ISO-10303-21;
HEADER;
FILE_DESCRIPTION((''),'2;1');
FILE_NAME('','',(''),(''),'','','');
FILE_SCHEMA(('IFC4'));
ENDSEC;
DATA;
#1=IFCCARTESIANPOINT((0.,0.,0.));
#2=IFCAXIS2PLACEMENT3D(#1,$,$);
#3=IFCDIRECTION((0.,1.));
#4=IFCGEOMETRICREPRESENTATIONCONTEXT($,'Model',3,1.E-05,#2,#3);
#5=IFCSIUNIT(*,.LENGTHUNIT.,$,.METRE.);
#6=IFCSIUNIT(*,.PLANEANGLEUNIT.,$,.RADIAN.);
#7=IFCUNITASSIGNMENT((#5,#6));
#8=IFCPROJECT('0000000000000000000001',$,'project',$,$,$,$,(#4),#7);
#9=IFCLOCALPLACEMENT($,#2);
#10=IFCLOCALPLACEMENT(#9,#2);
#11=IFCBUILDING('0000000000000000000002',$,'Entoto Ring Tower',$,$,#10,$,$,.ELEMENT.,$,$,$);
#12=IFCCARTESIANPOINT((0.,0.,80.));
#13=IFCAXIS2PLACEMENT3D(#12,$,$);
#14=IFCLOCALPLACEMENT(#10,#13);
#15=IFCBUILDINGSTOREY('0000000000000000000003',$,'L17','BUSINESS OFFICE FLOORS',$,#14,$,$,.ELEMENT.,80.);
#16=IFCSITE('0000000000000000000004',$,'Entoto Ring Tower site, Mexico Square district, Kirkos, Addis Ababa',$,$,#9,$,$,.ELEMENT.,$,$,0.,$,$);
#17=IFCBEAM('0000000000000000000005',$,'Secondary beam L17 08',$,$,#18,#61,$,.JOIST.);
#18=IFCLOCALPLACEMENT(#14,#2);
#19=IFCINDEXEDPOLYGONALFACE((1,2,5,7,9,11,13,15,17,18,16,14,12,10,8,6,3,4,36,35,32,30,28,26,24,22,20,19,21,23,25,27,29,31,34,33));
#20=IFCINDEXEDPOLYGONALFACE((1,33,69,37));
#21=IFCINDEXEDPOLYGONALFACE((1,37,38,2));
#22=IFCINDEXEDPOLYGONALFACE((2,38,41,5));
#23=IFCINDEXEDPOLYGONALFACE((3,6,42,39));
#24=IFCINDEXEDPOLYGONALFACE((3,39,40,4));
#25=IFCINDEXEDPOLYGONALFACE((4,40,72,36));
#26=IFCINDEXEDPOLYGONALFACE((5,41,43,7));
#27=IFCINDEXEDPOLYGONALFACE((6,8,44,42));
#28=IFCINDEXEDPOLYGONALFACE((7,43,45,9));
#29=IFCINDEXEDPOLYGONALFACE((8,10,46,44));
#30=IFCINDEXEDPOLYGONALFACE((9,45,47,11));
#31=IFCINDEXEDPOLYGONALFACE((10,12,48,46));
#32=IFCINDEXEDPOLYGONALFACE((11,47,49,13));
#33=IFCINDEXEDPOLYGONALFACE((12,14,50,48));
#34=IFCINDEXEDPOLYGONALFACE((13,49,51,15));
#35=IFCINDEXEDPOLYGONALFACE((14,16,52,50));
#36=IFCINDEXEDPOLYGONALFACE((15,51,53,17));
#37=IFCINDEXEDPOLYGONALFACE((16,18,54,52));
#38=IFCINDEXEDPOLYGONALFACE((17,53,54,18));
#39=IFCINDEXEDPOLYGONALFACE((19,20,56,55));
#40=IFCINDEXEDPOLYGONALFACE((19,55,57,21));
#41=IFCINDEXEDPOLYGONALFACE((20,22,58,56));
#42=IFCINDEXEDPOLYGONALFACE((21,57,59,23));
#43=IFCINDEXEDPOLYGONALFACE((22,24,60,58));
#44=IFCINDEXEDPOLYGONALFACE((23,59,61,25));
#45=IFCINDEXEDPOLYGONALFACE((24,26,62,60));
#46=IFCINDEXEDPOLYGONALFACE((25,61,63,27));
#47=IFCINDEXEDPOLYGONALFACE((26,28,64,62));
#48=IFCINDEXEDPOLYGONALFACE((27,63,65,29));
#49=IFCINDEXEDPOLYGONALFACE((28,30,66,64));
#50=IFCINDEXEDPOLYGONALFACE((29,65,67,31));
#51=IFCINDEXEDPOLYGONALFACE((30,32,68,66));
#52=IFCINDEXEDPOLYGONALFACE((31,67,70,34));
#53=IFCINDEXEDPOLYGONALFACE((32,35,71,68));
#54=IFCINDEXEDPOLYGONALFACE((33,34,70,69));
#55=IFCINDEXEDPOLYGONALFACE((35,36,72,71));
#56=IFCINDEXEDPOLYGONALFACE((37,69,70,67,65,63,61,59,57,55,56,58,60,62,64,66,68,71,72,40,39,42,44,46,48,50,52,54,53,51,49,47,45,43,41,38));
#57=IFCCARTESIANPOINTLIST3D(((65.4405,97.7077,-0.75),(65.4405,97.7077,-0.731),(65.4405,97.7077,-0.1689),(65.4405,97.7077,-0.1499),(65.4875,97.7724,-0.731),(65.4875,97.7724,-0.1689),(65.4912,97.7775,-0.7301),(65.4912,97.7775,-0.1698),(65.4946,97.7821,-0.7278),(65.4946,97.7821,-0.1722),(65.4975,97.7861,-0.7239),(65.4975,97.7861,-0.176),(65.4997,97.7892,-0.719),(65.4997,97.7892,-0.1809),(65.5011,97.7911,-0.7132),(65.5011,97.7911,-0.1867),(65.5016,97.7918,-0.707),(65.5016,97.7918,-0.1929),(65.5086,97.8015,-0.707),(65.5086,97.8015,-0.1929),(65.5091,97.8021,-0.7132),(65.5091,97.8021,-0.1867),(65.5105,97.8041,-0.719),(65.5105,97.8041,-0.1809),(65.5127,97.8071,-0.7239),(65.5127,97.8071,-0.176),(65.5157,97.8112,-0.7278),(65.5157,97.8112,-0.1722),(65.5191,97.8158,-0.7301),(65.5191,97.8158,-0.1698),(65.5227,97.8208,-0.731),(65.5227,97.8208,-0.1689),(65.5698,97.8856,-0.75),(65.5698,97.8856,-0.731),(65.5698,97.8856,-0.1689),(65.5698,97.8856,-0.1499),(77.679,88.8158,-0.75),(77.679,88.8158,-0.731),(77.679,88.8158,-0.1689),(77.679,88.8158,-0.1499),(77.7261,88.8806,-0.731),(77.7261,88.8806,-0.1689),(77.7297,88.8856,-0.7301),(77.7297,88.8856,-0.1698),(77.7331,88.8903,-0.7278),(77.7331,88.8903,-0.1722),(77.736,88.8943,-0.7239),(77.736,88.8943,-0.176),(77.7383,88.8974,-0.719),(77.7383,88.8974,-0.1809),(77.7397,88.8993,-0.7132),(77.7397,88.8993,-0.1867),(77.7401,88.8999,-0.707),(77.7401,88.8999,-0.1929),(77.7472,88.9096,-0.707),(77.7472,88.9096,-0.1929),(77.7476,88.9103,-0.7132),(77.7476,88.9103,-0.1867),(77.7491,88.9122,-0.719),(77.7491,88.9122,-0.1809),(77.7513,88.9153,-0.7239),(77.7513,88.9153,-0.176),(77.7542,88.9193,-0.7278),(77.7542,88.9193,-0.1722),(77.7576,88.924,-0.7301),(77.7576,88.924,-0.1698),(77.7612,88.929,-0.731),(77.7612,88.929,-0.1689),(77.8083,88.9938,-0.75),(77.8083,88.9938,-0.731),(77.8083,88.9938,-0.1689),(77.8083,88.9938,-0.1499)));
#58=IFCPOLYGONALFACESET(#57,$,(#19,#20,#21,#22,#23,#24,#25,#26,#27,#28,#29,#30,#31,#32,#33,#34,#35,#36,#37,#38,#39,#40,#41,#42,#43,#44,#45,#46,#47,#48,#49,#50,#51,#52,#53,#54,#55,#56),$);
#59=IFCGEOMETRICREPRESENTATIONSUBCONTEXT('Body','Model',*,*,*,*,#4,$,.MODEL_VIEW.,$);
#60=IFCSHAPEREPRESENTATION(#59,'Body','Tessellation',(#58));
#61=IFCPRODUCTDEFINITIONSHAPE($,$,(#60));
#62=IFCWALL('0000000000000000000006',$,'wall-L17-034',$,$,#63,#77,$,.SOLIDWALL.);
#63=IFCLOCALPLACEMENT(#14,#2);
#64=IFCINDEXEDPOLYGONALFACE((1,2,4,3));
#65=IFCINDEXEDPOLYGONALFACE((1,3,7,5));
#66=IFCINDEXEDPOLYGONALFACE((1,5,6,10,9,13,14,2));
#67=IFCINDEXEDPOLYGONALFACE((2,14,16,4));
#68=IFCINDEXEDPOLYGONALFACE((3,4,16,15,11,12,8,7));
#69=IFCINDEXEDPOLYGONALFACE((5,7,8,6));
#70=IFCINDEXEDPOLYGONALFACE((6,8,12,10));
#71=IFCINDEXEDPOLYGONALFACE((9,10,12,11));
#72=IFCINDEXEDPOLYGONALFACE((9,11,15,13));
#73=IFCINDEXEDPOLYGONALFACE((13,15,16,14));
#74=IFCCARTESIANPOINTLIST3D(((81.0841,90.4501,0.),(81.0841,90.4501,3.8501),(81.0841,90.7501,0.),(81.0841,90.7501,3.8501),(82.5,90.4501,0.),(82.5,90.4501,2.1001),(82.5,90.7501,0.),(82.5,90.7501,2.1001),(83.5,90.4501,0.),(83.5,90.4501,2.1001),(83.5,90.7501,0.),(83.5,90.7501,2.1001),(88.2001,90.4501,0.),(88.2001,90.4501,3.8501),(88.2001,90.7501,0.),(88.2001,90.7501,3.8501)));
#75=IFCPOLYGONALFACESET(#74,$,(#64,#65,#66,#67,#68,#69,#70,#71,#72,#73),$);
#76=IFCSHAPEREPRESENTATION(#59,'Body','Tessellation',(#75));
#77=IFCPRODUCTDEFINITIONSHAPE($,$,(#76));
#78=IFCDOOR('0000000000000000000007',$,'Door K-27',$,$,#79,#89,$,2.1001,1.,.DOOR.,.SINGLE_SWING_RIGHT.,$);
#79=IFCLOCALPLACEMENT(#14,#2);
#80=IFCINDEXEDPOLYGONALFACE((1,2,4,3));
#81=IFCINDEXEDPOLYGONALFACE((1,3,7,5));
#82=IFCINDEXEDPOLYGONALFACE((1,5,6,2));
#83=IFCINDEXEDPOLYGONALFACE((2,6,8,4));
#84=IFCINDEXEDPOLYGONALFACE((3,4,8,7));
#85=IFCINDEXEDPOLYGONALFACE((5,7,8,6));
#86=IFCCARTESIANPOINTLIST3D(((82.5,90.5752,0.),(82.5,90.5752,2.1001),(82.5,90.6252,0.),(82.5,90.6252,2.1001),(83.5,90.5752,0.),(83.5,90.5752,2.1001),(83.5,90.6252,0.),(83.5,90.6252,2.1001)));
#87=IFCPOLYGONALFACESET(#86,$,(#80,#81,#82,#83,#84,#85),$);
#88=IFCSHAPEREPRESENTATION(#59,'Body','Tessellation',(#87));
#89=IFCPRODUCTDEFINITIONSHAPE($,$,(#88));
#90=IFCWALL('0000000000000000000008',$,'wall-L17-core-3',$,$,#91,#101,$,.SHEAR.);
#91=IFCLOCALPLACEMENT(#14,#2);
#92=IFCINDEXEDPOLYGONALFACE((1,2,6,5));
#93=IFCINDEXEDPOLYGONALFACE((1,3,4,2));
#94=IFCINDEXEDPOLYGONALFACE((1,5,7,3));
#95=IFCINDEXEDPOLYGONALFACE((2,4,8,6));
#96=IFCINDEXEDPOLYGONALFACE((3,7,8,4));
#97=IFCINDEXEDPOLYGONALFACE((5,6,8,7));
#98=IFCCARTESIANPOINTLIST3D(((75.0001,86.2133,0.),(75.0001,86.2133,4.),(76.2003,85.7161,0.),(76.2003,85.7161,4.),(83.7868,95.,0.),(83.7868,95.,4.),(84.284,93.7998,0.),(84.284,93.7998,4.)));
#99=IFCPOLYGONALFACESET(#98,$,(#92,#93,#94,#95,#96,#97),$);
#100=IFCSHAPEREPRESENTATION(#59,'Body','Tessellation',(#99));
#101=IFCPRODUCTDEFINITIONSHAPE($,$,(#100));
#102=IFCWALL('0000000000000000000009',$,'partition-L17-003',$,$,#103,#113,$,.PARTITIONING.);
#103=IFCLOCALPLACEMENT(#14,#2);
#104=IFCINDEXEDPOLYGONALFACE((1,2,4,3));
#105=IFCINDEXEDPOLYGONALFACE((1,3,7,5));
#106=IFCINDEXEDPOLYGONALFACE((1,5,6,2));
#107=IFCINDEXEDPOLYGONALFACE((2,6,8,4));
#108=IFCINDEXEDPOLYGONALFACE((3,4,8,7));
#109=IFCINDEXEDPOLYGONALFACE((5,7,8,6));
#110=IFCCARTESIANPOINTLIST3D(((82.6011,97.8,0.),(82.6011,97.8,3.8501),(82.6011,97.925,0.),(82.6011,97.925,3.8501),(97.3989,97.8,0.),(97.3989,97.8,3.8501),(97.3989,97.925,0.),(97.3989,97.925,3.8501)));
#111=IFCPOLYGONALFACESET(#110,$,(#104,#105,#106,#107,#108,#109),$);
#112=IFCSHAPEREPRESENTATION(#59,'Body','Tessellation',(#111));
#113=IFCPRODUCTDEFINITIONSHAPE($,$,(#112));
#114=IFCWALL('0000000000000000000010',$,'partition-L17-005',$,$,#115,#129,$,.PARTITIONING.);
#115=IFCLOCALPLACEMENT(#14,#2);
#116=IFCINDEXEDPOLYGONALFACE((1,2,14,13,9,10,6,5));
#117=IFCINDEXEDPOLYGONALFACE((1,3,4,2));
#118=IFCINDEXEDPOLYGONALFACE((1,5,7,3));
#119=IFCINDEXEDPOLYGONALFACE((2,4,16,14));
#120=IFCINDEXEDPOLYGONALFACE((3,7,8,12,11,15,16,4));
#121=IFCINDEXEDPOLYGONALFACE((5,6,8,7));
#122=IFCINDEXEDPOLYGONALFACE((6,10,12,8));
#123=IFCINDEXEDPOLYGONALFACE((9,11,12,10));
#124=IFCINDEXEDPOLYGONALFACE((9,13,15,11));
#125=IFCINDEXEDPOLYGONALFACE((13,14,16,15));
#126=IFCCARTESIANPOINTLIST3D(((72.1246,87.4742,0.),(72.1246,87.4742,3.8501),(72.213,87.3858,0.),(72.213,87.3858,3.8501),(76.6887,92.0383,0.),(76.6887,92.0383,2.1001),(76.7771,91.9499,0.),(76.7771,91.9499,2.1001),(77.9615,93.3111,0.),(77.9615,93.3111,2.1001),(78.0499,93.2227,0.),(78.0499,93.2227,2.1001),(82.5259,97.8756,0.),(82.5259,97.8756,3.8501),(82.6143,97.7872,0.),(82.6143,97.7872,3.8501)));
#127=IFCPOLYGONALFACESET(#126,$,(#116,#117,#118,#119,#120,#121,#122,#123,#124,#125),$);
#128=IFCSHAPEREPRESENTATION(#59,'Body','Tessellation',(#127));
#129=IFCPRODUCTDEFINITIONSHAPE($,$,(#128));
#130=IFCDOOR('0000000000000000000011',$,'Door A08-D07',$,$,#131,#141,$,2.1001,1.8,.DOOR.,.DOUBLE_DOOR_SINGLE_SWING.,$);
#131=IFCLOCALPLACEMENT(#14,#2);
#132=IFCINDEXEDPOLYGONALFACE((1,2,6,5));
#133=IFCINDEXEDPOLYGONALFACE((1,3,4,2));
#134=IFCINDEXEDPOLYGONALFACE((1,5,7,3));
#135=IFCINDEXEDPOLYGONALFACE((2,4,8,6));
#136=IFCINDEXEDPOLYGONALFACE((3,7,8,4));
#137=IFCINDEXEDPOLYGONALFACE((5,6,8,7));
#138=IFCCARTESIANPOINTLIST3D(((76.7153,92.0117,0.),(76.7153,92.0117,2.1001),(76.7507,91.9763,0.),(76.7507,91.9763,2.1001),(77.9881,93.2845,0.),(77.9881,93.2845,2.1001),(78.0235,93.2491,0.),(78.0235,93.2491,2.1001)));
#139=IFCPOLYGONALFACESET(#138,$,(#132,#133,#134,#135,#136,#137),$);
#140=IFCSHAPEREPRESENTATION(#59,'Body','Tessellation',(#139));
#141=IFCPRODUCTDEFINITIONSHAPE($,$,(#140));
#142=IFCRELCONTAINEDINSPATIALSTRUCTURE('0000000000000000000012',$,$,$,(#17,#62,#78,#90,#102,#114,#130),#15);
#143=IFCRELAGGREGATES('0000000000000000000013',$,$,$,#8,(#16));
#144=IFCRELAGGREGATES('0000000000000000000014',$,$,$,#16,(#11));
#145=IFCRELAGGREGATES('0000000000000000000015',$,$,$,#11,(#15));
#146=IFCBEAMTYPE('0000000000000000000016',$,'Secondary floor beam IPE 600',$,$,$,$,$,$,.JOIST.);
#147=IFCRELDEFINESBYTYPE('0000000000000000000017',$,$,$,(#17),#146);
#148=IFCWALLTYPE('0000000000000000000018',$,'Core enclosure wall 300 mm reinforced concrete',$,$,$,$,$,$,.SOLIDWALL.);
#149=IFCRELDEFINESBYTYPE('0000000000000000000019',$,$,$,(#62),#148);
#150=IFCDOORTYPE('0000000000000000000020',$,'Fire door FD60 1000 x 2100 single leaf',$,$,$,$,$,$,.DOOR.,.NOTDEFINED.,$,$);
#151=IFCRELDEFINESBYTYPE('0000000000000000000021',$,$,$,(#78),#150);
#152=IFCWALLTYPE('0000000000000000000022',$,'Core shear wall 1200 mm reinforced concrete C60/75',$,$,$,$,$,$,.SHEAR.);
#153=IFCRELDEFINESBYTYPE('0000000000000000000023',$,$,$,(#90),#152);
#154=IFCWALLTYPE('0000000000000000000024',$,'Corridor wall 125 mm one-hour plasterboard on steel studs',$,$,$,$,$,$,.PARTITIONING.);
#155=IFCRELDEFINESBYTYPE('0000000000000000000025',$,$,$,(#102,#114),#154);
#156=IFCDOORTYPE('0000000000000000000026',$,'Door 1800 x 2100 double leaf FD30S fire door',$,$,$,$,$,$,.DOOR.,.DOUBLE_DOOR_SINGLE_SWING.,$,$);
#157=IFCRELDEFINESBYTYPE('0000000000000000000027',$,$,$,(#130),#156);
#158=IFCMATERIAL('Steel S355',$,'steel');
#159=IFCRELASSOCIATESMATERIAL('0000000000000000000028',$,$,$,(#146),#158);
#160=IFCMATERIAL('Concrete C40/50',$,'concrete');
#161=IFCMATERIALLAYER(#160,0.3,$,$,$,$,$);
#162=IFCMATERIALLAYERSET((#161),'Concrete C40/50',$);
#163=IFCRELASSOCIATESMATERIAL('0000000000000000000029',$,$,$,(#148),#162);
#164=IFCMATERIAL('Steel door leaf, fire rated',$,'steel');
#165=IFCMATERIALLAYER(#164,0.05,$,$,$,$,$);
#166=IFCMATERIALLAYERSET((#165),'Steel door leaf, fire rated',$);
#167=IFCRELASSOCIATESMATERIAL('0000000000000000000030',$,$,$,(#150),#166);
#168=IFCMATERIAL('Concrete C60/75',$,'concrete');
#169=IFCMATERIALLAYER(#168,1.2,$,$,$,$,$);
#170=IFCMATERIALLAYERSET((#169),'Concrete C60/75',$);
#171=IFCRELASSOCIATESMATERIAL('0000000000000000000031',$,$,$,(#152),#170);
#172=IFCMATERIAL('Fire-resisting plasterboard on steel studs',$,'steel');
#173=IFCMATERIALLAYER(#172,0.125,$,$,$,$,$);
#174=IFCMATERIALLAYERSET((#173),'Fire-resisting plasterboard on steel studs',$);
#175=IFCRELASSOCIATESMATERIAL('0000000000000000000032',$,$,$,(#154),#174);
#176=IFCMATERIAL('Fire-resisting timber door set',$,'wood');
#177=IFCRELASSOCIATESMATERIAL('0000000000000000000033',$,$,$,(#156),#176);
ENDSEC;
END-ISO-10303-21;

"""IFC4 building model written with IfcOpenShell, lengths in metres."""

from ifc_helpers import new_model, si_unit, direction, frame, frame_2d, origin, origin_2d, place, context, subcontext, project, spatial, polyline, rectangle, i_section, outline, extrude, material, layer, layer_set, material_profile, profile_set, type_object, element, fill, save


model = new_model("IFC4")

# Units and contexts
model_context = context("Model", 3, precision=1e-05, world=origin(), true_north=direction((0.0, 1.0)))
body_context = subcontext(model_context, "Body", "Model", "MODEL_VIEW")
ifc_project = project(units=[si_unit("LENGTHUNIT", "METRE"), si_unit("PLANEANGLEUNIT", "RADIAN")], contexts=[model_context])

# Site, building, storey
site_placement = place(None, origin())
site = spatial("IfcSite", under=ifc_project, at=site_placement, Name="Entoto Ring Tower site, Mexico Square district, Kirkos, Addis Ababa", CompositionType="ELEMENT", RefElevation=0.0)
building_placement = place(site_placement, origin())
building = spatial("IfcBuilding", under=site, at=building_placement, Name="Entoto Ring Tower", CompositionType="ELEMENT")
storey_placement = place(building_placement, frame((0.0, 0.0, 80.0)))
storey = spatial("IfcBuildingStorey", under=building, at=storey_placement, Name="L17", Description="BUSINESS OFFICE FLOORS", CompositionType="ELEMENT", Elevation=80.0)

# Beam
ifc_material_1 = material(Name="Steel S355", Category="steel")
ifc_material_profile_1 = material_profile(ifc_material_1, i_section(OverallWidth=0.22, OverallDepth=0.6001, WebThickness=0.012, FlangeThickness=0.019, FilletRadius=0.0239, at=origin_2d()), Name="IPE 600")
ifc_profile_set_1 = profile_set([ifc_material_profile_1], Name="Steel S355")
beam_type_1 = type_object("IfcBeamType", Name="Secondary floor beam IPE 600", PredefinedType="JOIST", material=ifc_profile_set_1)
for number, where, z_axis, x_axis, name in (
    (1, (77.7437, 88.9048, -0.45), (-0.809016, 0.587787, 0.0), (-0.587787, -0.809016, 0.0), "Secondary beam L17 08"),
):
    element("IfcBeam", number, at=place(storey_placement, frame(where, z_axis=z_axis, x_axis=x_axis)), inside=storey, type_object=beam_type_1, Name=name, PredefinedType="JOIST", context=body_context, shape_type="SweptSolid", body=[
        extrude(i_section(OverallWidth=0.22, OverallDepth=0.6001, WebThickness=0.012, FlangeThickness=0.019, FilletRadius=0.0239, at=origin_2d()), origin(), (0.0, 0.0, 1.0), 15.1277),
    ])

# Wall, opening, door
ifc_material_2 = material(Name="Concrete C40/50", Category="concrete")
ifc_layer_1 = layer(ifc_material_2, 0.3)
ifc_layer_set_1 = layer_set([ifc_layer_1], Name="Concrete C40/50")
wall_type_1 = type_object("IfcWallType", Name="Core enclosure wall 300 mm reinforced concrete", PredefinedType="SOLIDWALL", material=ifc_layer_set_1)
wall_1_placement = place(storey_placement, frame((81.084, 90.6001, 0.0), z_axis=(0.0, 0.0, 1.0), x_axis=(1.0, 0.0, 0.0)))
wall_1 = element("IfcWall", 2, at=wall_1_placement, inside=storey, type_object=wall_type_1, Name="wall-L17-034", PredefinedType="SOLIDWALL", context=body_context, shape_type="SweptSolid", body=[
    extrude(rectangle(XDim=7.116, YDim=0.3, at=frame_2d((3.5581, 0.0))), origin(), (0.0, 0.0, 1.0), 3.8501),
])
opening_1_placement = place(wall_1_placement, frame((1.416, 0.0, 0.0)))
opening_1 = element("IfcOpeningElement", 3, at=opening_1_placement, cuts=wall_1, PredefinedType="OPENING", context=body_context, shape_type="SweptSolid", body=[
    extrude(rectangle(XDim=1.0, YDim=2.1001, at=frame_2d((0.5, 1.05))), frame((0.0, 0.1602, 0.0), z_axis=(0.0, -1.0, 0.0), x_axis=(1.0, 0.0, 0.0)), (0.0, 0.0, 1.0), 0.3201),
])
ifc_material_3 = material(Name="Steel door leaf, fire rated", Category="steel")
ifc_layer_2 = layer(ifc_material_3, 0.05)
ifc_layer_set_2 = layer_set([ifc_layer_2], Name="Steel door leaf, fire rated")
door_type_1 = type_object("IfcDoorType", Name="Fire door FD60 1000 x 2100 single leaf", OperationType="NOTDEFINED", PredefinedType="DOOR", material=ifc_layer_set_2)
door_1_placement = place(opening_1_placement, frame((1.0, 0.0, 0.0), z_axis=(0.0, 0.0, 1.0), x_axis=(-1.0, 0.0, 0.0)))
door_1 = element("IfcDoor", 4, at=door_1_placement, inside=storey, type_object=door_type_1, Name="Door K-27", OperationType="SINGLE_SWING_RIGHT", OverallHeight=2.1001, OverallWidth=1.0, PredefinedType="DOOR", context=body_context, shape_type="SweptSolid", body=[
    extrude(rectangle(XDim=1.0, YDim=2.1001, at=frame_2d((0.5, 1.05))), frame((0.0, 0.0249, 0.0), z_axis=(0.0, -1.0, 0.0), x_axis=(1.0, 0.0, 0.0)), (0.0, 0.0, 1.0), 0.05),
])
fill(opening_1, door_1)

# Walls
ifc_material_4 = material(Name="Concrete C60/75", Category="concrete")
ifc_layer_3 = layer(ifc_material_4, 1.2)
ifc_layer_set_3 = layer_set([ifc_layer_3], Name="Concrete C60/75")
wall_type_2 = type_object("IfcWallType", Name="Core shear wall 1200 mm reinforced concrete C60/75", PredefinedType="SHEAR", material=ifc_layer_set_3)
wall_2_placement = place(storey_placement, frame((84.0354, 94.3999, 0.0), z_axis=(0.0, 0.0, 1.0), x_axis=(-0.707107, -0.707107, 0.0)))
element("IfcWall", 5, at=wall_2_placement, inside=storey, type_object=wall_type_2, Name="wall-L17-core-3", PredefinedType="SHEAR", context=body_context, shape_type="SweptSolid", body=[
    extrude(outline(polyline([(-0.2485, -0.6001), (12.1777, -0.6001), (11.6807, 0.6001), (0.2485, 0.6001), (-0.2485, -0.6001)])), origin(), (0.0, 0.0, 1.0), 4.0),
])
ifc_material_5 = material(Name="Fire-resisting plasterboard on steel studs", Category="steel")
ifc_layer_4 = layer(ifc_material_5, 0.125)
ifc_layer_set_4 = layer_set([ifc_layer_4], Name="Fire-resisting plasterboard on steel studs")
wall_type_3 = type_object("IfcWallType", Name="Corridor wall 125 mm one-hour plasterboard on steel studs", PredefinedType="PARTITIONING", material=ifc_layer_set_4)
wall_3_placement = place(storey_placement, frame((82.6011, 97.8625, 0.0), z_axis=(0.0, 0.0, 1.0), x_axis=(1.0, 0.0, 0.0)))
element("IfcWall", 6, at=wall_3_placement, inside=storey, type_object=wall_type_3, Name="partition-L17-003", PredefinedType="PARTITIONING", context=body_context, shape_type="SweptSolid", body=[
    extrude(rectangle(XDim=14.7979, YDim=0.125, at=frame_2d((7.3989, 0.0))), origin(), (0.0, 0.0, 1.0), 3.8501),
])

# Wall, opening, door
wall_4_placement = place(storey_placement, frame((72.1687, 87.4299, 0.0), z_axis=(0.0, 0.0, 1.0), x_axis=(0.707107, 0.707107, 0.0)))
wall_4 = element("IfcWall", 7, at=wall_4_placement, inside=storey, type_object=wall_type_3, Name="partition-L17-005", PredefinedType="PARTITIONING", context=body_context, shape_type="SweptSolid", body=[
    extrude(rectangle(XDim=14.7097, YDim=0.125, at=frame_2d((7.355, 0.0))), origin(), (0.0, 0.0, 1.0), 3.8501),
])
opening_2_placement = place(wall_4_placement, frame((6.4548, 0.0, 0.0)))
opening_2 = element("IfcOpeningElement", 8, at=opening_2_placement, cuts=wall_4, PredefinedType="OPENING", context=body_context, shape_type="SweptSolid", body=[
    extrude(rectangle(XDim=1.8, YDim=2.1001, at=frame_2d((0.8999, 1.05))), frame((0.0, 0.0725, 0.0), z_axis=(0.0, -1.0, 0.0), x_axis=(1.0, 0.0, 0.0)), (0.0, 0.0, 1.0), 0.145),
])
ifc_material_6 = material(Name="Fire-resisting timber door set", Category="wood")
door_type_2 = type_object("IfcDoorType", Name="Door 1800 x 2100 double leaf FD30S fire door", OperationType="DOUBLE_DOOR_SINGLE_SWING", PredefinedType="DOOR", material=ifc_material_6)
door_2_placement = place(opening_2_placement, origin())
door_2 = element("IfcDoor", 9, at=door_2_placement, inside=storey, type_object=door_type_2, Name="Door A08-D07", OperationType="DOUBLE_DOOR_SINGLE_SWING", OverallHeight=2.1001, OverallWidth=1.8, PredefinedType="DOOR", context=body_context, shape_type="SweptSolid", body=[
    extrude(rectangle(XDim=1.8, YDim=2.1001, at=frame_2d((0.8999, 1.05))), frame((0.0, 0.0249, 0.0), z_axis=(0.0, -1.0, 0.0), x_axis=(1.0, 0.0, 0.0)), (0.0, 0.0, 1.0), 0.05),
])
fill(opening_2, door_2)

save(model, "model.ifc")
